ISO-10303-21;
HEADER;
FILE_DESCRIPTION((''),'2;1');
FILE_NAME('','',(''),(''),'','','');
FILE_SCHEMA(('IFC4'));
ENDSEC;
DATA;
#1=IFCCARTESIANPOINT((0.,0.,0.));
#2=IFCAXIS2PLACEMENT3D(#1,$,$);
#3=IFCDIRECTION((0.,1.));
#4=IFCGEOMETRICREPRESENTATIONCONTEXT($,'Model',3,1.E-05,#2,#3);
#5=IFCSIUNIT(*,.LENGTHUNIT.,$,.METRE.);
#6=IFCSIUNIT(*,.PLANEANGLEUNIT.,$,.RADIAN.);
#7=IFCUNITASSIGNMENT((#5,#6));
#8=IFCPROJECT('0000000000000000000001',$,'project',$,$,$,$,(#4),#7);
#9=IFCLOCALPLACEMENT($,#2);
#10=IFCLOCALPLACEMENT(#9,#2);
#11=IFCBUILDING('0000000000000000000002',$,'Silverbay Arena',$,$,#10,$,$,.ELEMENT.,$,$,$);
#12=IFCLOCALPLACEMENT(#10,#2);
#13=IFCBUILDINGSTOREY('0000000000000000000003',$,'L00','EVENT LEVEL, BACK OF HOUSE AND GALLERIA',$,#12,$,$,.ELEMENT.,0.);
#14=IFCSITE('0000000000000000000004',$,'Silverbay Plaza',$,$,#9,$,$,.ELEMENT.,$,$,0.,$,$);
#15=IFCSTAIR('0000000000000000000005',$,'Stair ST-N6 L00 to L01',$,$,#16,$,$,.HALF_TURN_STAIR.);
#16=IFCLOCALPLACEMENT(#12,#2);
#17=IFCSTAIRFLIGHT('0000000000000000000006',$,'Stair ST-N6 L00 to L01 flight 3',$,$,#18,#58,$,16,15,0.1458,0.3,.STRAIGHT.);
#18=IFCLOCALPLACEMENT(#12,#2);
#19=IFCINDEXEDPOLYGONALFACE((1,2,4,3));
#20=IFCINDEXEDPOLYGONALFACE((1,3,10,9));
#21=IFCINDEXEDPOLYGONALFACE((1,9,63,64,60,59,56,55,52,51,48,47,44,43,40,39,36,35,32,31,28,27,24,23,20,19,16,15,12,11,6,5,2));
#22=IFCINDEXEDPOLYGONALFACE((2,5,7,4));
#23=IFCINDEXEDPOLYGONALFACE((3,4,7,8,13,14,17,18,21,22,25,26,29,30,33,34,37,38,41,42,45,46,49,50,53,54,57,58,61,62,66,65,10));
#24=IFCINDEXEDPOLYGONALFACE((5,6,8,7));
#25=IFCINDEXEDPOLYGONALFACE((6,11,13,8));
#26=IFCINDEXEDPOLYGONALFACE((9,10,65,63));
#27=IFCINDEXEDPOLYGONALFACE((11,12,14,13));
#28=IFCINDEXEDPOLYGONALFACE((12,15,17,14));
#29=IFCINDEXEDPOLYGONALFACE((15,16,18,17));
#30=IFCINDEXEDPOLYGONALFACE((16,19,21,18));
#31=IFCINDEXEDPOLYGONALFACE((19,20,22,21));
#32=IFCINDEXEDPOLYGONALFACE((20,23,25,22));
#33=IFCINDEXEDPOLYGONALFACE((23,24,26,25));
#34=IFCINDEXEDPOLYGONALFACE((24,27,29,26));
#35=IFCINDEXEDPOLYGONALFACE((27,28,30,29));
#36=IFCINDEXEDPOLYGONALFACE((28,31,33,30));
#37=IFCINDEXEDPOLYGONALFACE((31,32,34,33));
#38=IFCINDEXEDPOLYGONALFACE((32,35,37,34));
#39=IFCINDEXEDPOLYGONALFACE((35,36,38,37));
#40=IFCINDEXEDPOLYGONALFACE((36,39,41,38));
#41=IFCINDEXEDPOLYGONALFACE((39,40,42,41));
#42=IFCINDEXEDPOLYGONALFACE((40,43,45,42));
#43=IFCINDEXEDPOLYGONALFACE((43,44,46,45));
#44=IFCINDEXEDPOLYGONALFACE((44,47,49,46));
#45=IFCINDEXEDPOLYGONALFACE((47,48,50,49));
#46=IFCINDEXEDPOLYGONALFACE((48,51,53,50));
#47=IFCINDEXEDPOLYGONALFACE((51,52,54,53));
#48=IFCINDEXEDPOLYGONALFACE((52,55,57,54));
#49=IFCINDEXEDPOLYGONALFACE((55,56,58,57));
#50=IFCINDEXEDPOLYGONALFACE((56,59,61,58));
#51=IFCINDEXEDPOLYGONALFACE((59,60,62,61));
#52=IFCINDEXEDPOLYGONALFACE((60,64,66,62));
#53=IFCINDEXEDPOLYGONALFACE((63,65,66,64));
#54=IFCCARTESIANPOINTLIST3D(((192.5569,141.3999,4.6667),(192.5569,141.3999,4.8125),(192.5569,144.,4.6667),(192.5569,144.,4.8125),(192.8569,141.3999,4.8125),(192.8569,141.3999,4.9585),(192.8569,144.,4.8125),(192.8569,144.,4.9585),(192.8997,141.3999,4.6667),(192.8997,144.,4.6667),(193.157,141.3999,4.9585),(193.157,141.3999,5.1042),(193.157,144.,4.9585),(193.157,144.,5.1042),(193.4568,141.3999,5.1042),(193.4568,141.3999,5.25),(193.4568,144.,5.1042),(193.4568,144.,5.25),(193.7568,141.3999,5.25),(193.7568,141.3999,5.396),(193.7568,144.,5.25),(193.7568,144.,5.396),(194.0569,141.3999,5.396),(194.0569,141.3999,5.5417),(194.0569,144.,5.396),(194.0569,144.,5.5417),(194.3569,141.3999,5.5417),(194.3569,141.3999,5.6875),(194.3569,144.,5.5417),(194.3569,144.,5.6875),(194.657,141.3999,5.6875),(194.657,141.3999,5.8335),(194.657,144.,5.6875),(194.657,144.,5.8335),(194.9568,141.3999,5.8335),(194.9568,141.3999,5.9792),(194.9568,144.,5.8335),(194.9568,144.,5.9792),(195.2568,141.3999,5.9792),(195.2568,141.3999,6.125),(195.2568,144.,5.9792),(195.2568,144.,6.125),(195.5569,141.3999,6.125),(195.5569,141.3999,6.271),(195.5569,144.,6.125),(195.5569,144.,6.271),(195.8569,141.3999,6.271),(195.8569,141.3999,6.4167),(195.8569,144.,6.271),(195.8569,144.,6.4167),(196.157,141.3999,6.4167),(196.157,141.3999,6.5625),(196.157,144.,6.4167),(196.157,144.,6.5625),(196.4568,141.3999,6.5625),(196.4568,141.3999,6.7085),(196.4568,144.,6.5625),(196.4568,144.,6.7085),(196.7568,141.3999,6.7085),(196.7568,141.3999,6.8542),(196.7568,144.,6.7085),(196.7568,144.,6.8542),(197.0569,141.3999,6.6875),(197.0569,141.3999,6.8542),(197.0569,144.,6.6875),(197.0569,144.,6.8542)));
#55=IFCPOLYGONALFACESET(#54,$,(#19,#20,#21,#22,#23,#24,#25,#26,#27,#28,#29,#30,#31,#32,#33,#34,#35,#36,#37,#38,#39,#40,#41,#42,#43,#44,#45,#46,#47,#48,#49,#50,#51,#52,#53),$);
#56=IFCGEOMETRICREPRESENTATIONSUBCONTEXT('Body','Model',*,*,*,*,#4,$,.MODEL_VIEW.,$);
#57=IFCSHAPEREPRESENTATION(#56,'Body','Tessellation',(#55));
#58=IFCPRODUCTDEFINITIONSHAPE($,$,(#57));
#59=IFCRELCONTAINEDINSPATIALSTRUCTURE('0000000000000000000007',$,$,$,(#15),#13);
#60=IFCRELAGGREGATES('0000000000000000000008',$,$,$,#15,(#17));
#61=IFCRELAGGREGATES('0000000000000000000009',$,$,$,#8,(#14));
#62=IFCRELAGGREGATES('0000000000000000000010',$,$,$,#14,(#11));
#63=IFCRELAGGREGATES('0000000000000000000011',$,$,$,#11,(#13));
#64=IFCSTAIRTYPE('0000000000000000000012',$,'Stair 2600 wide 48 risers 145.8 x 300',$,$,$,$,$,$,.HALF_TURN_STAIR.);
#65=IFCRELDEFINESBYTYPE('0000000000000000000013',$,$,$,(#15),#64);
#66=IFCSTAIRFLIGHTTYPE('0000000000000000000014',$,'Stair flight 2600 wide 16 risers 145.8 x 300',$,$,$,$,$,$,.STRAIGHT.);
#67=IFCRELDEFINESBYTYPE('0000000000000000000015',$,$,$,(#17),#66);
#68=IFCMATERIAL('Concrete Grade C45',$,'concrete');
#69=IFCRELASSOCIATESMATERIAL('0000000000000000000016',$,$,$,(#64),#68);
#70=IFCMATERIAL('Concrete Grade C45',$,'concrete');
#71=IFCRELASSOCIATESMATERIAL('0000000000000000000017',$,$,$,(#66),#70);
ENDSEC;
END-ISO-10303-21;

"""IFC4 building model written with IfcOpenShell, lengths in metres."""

from ifc_helpers import new_model, si_unit, direction, frame, origin, place, context, subcontext, project, spatial, polyline, outline, extrude, material, type_object, element, aggregate, save


model = new_model("IFC4")

# Units and contexts
model_context = context("Model", 3, precision=1e-05, world=origin(), true_north=direction((0.0, 1.0)))
body_context = subcontext(model_context, "Body", "Model", "MODEL_VIEW")
ifc_project = project(units=[si_unit("LENGTHUNIT", "METRE"), si_unit("PLANEANGLEUNIT", "RADIAN")], contexts=[model_context])

# Site, building, storey
site_placement = place(None, origin())
site = spatial("IfcSite", under=ifc_project, at=site_placement, Name="Silverbay Plaza", CompositionType="ELEMENT", RefElevation=0.0)
building_placement = place(site_placement, origin())
building = spatial("IfcBuilding", under=site, at=building_placement, Name="Silverbay Arena", CompositionType="ELEMENT")
storey_placement = place(building_placement, origin())
storey = spatial("IfcBuildingStorey", under=building, at=storey_placement, Name="L00", Description="EVENT LEVEL, BACK OF HOUSE AND GALLERIA", CompositionType="ELEMENT", Elevation=0.0)

# Stair, stair flight
ifc_material_1 = material(Name="Concrete Grade C45", Category="concrete")
stair_type = type_object("IfcStairType", Name="Stair 2600 wide 48 risers 145.8 x 300", PredefinedType="HALF_TURN_STAIR", material=ifc_material_1)
stair_placement = place(storey_placement, origin())
stair = element("IfcStair", 1, at=stair_placement, inside=storey, type_object=stair_type, Name="Stair ST-N6 L00 to L01", PredefinedType="HALF_TURN_STAIR")
ifc_material_2 = material(Name="Concrete Grade C45", Category="concrete")
stair_flight_type = type_object("IfcStairFlightType", Name="Stair flight 2600 wide 16 risers 145.8 x 300", PredefinedType="STRAIGHT", material=ifc_material_2)
stair_flight_1_placement = place(storey_placement, frame((192.5569, 142.7, 4.6667), z_axis=(0.0, 0.0, 1.0), x_axis=(1.0, 0.0, 0.0)))
stair_flight_1 = element("IfcStairFlight", 2, at=stair_flight_1_placement, type_object=stair_flight_type, Name="Stair ST-N6 L00 to L01 flight 3", NumberOfRisers=16, NumberOfTreads=15, PredefinedType="STRAIGHT", RiserHeight=0.1458, TreadLength=0.3, context=body_context, shape_type="SweptSolid", body=[
    extrude(outline(polyline([(0.0, 0.0), (0.0, 0.1458), (0.3, 0.1458), (0.3, 0.2917), (0.6001, 0.2917), (0.6001, 0.4375), (0.8999, 0.4375), (0.8999, 0.5833), (1.2, 0.5833), (1.2, 0.7292), (1.5, 0.7292), (1.5, 0.875), (1.8, 0.875), (1.8, 1.0208), (2.1001, 1.0208), (2.1001, 1.1667), (2.3999, 1.1667), (2.3999, 1.3125), (2.7, 1.3125), (2.7, 1.4583), (3.0, 1.4583), (3.0, 1.6042), (3.3, 1.6042), (3.3, 1.75), (3.6001, 1.75), (3.6001, 1.8958), (3.8999, 1.8958), (3.8999, 2.0417), (4.2, 2.0417), (4.2, 2.1875), (4.5, 2.1875), (4.5, 2.0208), (0.3428, 0.0), (0.0, 0.0)])), frame((0.0, 1.3, 0.0), z_axis=(0.0, -1.0, 0.0), x_axis=(1.0, 0.0, 0.0)), (0.0, 0.0, 1.0), 2.6001),
])
aggregate(stair, [stair_flight_1])

save(model, "model.ifc")
